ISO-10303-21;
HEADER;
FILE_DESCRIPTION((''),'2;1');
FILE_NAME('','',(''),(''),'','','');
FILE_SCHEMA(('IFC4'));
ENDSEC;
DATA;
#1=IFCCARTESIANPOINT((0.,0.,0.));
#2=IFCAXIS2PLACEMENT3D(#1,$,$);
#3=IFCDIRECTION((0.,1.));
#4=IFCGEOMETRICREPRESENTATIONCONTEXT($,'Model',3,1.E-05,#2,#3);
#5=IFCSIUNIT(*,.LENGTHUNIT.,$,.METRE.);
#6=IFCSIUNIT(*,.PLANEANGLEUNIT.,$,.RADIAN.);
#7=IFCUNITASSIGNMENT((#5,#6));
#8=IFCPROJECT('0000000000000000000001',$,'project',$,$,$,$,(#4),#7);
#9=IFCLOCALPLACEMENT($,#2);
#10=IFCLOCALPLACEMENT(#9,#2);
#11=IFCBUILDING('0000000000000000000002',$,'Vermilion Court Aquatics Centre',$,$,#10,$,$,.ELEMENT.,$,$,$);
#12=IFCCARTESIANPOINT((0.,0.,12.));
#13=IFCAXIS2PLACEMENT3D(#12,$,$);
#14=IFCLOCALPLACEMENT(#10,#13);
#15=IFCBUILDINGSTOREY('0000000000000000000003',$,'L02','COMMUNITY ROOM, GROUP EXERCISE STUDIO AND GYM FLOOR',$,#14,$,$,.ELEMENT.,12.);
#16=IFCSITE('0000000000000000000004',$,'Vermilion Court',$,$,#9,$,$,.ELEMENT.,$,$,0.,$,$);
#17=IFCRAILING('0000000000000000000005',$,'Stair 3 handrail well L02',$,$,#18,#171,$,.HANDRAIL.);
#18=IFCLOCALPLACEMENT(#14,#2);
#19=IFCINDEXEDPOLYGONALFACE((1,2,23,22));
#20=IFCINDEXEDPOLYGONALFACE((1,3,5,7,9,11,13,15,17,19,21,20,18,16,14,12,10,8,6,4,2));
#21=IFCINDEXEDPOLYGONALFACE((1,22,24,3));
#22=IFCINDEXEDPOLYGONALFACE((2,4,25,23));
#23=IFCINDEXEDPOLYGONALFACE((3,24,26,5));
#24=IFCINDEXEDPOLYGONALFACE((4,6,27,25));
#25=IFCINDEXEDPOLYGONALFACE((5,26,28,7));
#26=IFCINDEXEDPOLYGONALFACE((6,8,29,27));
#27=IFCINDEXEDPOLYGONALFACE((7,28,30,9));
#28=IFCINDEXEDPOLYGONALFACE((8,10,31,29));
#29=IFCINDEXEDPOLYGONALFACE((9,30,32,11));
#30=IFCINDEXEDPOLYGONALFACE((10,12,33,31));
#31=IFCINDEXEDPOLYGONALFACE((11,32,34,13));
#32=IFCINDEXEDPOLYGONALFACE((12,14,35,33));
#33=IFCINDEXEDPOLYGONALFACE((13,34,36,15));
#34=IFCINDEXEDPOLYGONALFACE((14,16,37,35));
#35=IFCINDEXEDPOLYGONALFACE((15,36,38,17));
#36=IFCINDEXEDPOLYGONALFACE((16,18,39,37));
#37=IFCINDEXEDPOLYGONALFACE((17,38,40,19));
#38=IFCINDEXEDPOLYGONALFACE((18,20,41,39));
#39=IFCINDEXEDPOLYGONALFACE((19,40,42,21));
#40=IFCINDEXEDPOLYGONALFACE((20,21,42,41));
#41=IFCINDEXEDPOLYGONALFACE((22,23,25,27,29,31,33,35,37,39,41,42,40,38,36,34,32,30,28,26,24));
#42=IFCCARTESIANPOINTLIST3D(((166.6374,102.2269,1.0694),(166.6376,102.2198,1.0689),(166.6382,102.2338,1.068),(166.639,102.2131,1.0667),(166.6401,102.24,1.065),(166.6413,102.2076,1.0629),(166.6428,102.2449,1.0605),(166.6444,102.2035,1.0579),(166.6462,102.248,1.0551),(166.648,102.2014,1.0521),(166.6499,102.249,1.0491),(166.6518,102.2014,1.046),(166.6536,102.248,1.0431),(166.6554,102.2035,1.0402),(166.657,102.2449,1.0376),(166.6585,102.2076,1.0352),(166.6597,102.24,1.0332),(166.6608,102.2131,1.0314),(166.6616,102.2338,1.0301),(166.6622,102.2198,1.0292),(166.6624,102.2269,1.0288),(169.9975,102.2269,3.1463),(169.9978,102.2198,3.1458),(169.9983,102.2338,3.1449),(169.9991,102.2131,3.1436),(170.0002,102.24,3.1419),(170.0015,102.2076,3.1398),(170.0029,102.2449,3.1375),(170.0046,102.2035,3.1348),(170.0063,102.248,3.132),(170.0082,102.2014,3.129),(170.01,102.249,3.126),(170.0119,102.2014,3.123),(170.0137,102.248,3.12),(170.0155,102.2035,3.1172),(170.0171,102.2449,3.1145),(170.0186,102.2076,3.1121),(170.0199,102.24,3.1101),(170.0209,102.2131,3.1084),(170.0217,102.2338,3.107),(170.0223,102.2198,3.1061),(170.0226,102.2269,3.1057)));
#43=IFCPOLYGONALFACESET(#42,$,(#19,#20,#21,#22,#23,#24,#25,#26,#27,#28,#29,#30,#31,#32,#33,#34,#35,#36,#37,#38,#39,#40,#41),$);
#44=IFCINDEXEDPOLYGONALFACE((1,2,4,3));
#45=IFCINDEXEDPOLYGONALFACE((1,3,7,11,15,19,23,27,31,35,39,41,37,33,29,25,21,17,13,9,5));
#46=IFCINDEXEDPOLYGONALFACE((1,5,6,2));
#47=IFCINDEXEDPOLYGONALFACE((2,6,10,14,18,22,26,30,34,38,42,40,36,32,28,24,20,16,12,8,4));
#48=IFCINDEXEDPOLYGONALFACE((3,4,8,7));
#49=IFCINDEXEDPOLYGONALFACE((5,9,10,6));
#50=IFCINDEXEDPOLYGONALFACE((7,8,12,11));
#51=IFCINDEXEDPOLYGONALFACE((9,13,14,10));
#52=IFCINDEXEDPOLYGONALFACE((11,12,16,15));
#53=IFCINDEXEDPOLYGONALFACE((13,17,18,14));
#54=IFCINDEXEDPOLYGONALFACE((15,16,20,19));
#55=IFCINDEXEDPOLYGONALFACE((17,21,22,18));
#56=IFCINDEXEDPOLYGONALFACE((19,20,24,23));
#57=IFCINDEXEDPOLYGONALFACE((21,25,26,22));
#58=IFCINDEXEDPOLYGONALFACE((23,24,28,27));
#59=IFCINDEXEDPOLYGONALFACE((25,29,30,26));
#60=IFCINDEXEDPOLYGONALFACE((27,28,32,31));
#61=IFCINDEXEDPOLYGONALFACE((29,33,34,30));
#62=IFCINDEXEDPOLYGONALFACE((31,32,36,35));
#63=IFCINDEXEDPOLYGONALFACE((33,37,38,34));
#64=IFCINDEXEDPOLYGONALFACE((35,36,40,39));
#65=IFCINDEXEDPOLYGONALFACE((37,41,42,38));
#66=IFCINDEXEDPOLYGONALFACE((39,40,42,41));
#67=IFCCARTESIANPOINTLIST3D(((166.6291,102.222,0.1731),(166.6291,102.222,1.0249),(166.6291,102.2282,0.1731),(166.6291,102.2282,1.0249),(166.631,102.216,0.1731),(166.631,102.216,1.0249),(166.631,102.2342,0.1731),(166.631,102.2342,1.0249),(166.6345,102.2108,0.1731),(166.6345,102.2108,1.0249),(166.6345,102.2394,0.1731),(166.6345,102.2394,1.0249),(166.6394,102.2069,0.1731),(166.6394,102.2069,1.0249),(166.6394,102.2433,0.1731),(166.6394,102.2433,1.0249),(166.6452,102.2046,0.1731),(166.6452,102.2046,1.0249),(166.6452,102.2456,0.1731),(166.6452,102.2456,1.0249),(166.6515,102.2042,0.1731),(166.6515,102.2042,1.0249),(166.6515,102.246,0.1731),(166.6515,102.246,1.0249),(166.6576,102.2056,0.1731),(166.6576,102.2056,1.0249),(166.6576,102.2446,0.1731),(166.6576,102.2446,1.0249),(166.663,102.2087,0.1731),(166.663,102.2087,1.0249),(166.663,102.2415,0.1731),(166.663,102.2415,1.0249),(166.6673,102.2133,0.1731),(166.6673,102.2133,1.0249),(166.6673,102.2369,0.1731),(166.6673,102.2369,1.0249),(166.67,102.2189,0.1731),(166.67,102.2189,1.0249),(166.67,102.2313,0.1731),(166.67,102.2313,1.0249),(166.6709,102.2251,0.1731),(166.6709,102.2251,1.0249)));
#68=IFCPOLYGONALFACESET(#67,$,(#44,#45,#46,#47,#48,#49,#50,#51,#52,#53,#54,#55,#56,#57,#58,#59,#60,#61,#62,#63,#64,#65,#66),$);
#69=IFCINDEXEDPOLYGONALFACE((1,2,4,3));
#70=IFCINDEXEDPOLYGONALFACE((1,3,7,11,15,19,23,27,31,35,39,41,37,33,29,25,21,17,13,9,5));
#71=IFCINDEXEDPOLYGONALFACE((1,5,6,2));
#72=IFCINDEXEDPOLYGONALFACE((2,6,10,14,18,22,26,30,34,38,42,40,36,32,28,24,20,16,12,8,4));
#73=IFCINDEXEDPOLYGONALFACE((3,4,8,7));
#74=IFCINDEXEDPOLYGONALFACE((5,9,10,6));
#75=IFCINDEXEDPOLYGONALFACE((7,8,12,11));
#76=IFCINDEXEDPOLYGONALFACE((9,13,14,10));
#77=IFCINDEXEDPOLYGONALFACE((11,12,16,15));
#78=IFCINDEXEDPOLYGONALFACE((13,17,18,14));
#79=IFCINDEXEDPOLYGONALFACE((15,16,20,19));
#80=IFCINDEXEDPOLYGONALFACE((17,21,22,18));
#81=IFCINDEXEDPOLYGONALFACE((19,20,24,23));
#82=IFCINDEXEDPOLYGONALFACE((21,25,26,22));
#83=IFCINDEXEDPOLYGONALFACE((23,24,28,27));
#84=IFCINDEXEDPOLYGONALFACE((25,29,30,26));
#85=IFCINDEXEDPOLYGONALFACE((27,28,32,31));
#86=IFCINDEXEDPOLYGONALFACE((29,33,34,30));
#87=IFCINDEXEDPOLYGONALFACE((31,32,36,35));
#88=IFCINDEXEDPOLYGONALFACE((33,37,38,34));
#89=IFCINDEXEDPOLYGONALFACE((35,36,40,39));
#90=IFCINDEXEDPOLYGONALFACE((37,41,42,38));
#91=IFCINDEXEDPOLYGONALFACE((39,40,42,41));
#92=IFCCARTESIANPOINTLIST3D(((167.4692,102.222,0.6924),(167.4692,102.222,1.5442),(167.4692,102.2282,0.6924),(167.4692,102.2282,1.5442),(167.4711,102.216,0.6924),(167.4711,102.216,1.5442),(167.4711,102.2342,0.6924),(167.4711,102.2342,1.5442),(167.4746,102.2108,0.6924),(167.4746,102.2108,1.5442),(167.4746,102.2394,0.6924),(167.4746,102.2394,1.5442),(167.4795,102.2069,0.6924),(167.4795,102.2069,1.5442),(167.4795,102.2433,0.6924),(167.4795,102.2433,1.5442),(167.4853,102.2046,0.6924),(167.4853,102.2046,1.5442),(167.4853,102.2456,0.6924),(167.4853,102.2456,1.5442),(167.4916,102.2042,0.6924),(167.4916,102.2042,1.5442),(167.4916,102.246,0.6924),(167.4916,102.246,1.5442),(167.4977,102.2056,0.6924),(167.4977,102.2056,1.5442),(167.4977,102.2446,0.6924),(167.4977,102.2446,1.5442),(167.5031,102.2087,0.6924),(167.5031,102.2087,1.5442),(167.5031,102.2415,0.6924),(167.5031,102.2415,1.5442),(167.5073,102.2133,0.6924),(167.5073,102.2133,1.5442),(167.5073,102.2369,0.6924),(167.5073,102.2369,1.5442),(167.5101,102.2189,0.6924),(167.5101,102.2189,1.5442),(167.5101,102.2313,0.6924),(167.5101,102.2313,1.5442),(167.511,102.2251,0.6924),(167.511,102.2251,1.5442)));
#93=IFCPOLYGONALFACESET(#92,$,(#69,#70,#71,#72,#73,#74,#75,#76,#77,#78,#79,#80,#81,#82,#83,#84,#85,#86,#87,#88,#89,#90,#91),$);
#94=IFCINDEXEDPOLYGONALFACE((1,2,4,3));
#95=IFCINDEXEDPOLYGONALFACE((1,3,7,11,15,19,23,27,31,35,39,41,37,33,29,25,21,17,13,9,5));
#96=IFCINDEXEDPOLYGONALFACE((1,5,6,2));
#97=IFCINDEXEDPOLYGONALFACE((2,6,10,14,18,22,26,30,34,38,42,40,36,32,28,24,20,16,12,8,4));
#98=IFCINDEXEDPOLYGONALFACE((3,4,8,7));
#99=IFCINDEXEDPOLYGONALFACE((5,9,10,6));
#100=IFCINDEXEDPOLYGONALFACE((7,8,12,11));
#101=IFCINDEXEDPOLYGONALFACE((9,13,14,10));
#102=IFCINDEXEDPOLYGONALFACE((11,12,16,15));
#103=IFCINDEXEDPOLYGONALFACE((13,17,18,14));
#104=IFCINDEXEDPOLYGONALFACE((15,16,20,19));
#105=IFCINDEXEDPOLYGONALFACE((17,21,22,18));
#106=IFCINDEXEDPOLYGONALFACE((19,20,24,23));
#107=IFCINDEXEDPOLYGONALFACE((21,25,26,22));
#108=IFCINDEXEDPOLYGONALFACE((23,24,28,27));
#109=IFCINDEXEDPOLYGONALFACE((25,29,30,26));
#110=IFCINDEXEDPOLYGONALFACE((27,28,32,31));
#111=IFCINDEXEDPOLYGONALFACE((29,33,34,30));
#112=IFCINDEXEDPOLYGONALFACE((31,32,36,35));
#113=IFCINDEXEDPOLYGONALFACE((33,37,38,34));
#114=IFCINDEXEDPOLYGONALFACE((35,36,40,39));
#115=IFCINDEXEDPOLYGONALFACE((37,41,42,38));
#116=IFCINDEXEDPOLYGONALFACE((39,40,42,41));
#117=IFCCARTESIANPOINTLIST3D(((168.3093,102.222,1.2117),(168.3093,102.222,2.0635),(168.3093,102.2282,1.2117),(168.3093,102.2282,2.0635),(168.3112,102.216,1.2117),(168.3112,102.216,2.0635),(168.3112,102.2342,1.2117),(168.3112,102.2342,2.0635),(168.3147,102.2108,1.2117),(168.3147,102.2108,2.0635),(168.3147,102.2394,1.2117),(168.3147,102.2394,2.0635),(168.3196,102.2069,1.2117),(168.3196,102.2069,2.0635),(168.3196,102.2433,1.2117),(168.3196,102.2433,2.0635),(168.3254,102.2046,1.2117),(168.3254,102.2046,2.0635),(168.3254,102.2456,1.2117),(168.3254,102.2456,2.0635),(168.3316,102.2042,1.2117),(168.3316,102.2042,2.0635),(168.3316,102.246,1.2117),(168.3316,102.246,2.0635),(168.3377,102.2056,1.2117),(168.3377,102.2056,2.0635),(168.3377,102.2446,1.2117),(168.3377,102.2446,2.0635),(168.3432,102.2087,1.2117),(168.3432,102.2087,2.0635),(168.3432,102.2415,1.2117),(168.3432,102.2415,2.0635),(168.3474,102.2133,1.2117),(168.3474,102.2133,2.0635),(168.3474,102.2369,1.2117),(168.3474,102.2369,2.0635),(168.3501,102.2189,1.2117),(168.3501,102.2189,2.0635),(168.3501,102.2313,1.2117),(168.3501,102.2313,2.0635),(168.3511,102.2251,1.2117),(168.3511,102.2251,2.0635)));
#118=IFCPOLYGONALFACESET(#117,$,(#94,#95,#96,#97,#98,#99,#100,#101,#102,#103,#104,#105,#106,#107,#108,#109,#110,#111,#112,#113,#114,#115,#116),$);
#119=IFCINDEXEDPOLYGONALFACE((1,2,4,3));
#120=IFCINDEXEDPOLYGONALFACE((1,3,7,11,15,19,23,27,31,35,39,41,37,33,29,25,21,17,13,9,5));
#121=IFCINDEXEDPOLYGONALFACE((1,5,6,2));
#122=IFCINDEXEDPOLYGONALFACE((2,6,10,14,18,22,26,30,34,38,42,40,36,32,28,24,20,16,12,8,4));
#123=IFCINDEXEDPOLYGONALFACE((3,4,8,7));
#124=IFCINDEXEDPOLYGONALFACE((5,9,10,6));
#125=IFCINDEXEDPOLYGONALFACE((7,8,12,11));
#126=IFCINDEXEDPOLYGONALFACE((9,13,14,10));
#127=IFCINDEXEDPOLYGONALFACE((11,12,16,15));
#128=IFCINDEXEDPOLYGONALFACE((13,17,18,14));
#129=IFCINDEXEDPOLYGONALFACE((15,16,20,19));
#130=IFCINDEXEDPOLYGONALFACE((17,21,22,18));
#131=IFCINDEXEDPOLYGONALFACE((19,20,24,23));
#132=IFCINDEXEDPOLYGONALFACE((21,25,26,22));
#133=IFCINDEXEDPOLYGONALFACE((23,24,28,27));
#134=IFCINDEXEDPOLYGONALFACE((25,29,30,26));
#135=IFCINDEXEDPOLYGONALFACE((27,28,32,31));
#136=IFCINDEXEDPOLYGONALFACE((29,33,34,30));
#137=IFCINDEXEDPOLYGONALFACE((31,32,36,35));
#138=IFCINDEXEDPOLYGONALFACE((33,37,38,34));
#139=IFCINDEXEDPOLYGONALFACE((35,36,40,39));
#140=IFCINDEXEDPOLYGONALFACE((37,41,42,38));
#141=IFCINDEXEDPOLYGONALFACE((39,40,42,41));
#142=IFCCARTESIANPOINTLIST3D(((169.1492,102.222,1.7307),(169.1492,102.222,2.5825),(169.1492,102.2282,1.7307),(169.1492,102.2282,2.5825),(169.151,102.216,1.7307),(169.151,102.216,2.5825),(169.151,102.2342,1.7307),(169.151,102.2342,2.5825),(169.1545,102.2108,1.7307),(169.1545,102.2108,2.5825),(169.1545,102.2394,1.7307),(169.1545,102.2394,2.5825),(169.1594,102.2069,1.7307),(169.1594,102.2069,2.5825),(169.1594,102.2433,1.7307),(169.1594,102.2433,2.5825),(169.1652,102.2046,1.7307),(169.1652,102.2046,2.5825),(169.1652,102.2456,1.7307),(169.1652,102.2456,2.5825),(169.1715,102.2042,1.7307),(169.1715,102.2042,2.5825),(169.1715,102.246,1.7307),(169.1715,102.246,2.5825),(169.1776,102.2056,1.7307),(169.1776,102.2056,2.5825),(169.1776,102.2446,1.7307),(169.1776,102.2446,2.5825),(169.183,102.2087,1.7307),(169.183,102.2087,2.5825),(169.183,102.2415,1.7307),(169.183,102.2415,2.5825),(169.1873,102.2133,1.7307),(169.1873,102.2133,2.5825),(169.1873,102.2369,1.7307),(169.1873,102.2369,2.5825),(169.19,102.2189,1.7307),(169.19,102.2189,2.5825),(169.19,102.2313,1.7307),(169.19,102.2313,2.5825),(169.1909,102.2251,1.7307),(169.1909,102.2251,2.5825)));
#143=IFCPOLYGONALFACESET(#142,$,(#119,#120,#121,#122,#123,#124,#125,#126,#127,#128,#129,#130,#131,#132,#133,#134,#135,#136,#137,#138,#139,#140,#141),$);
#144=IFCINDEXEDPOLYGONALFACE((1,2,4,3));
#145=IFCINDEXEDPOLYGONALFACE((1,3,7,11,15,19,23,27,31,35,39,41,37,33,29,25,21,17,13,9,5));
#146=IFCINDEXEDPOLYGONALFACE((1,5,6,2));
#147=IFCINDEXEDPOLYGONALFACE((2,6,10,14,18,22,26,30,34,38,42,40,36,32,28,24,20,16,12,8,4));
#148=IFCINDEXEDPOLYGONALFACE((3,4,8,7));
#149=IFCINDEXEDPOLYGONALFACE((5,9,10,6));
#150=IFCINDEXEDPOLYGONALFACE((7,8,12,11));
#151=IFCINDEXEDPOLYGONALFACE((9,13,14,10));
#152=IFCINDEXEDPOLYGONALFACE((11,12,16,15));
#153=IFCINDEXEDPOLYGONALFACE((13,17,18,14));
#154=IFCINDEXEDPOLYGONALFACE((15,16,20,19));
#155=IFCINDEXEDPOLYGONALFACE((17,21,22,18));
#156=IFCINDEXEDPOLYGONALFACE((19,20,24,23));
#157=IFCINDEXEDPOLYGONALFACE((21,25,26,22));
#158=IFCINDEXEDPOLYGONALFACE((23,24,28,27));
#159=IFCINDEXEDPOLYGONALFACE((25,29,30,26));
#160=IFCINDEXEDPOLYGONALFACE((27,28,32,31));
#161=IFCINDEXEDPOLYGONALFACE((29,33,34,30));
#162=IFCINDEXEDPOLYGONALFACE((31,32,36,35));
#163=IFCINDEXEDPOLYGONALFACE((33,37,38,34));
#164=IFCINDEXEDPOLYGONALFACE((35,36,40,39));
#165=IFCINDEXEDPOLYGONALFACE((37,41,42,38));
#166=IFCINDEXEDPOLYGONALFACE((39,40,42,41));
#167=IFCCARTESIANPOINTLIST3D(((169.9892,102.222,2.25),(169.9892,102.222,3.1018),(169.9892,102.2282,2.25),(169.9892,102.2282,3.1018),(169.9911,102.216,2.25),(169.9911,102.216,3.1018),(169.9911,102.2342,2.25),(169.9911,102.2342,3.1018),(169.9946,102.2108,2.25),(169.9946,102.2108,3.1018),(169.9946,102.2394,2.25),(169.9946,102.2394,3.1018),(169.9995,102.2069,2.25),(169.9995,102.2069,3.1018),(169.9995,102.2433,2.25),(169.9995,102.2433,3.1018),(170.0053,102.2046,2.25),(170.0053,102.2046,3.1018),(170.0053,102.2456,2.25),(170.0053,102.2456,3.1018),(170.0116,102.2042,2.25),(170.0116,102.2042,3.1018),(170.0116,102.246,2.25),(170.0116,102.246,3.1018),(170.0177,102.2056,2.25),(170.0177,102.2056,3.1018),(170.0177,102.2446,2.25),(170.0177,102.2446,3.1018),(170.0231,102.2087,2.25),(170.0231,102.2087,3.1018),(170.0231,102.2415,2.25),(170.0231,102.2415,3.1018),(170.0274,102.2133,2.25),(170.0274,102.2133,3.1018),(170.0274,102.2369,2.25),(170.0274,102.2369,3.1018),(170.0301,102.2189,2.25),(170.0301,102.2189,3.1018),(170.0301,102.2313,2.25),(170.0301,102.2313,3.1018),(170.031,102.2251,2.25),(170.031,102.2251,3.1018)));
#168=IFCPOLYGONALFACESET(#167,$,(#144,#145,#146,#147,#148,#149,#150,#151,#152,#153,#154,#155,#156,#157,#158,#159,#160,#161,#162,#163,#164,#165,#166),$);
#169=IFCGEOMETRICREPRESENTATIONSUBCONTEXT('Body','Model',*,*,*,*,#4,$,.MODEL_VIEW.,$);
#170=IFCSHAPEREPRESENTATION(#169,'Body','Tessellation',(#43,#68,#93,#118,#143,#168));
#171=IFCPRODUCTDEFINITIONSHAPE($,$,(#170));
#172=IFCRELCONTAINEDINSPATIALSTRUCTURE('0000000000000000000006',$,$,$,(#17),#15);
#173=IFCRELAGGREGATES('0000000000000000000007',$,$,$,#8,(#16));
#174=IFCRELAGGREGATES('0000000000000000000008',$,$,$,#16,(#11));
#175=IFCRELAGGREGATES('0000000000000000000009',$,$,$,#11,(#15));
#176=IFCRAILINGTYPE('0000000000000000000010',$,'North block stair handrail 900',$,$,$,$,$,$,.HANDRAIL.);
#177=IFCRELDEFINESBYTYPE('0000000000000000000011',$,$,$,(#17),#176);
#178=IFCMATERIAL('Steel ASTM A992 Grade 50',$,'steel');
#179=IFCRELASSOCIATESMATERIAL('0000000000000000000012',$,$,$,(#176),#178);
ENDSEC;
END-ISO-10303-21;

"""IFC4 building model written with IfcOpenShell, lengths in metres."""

from ifc_helpers import new_model, si_unit, direction, frame, origin, origin_2d, place, context, subcontext, project, spatial, circle, extrude, material, type_object, element, save


model = new_model("IFC4")

# Units and contexts
model_context = context("Model", 3, precision=1e-05, world=origin(), true_north=direction((0.0, 1.0)))
body_context = subcontext(model_context, "Body", "Model", "MODEL_VIEW")
ifc_project = project(units=[si_unit("LENGTHUNIT", "METRE"), si_unit("PLANEANGLEUNIT", "RADIAN")], contexts=[model_context])

# Site, building, storey
site_placement = place(None, origin())
site = spatial("IfcSite", under=ifc_project, at=site_placement, Name="Vermilion Court", CompositionType="ELEMENT", RefElevation=0.0)
building_placement = place(site_placement, origin())
building = spatial("IfcBuilding", under=site, at=building_placement, Name="Vermilion Court Aquatics Centre", CompositionType="ELEMENT")
storey_placement = place(building_placement, frame((0.0, 0.0, 12.0)))
storey = spatial("IfcBuildingStorey", under=building, at=storey_placement, Name="L02", Description="COMMUNITY ROOM, GROUP EXERCISE STUDIO AND GYM FLOOR", CompositionType="ELEMENT", Elevation=12.0)

# Railing
ifc_material_1 = material(Name="Steel ASTM A992 Grade 50", Category="steel")
railing_type_1 = type_object("IfcRailingType", Name="North block stair handrail 900", PredefinedType="HANDRAIL", material=ifc_material_1)
for number, where, name in (
    (1, (166.6499, 102.2251, 0.1731), "Stair 3 handrail well L02"),
):
    element("IfcRailing", number, at=place(storey_placement, frame(where)), inside=storey, type_object=railing_type_1, Name=name, PredefinedType="HANDRAIL", context=body_context, shape_type="SweptSolid", body=[
        extrude(circle(Radius=0.0239, at=origin_2d()), frame((0.0, 0.0, 0.876), z_axis=(0.850623, 0.0, 0.525776), x_axis=(0.0, 1.0, 0.0)), (0.0, 0.0, 1.0), 3.9502),
        extrude(circle(Radius=0.021, at=origin_2d()), origin(), (0.0, 0.0, 1.0), 0.8518),
        extrude(circle(Radius=0.021, at=origin_2d()), frame((0.8401, 0.0, 0.5193)), (0.0, 0.0, 1.0), 0.8518),
        extrude(circle(Radius=0.021, at=origin_2d()), frame((1.6802, 0.0, 1.0386)), (0.0, 0.0, 1.0), 0.8518),
        extrude(circle(Radius=0.021, at=origin_2d()), frame((2.52, 0.0, 1.5576)), (0.0, 0.0, 1.0), 0.8518),
        extrude(circle(Radius=0.021, at=origin_2d()), frame((3.3601, 0.0, 2.0769)), (0.0, 0.0, 1.0), 0.8518),
    ])

save(model, "model.ifc")
